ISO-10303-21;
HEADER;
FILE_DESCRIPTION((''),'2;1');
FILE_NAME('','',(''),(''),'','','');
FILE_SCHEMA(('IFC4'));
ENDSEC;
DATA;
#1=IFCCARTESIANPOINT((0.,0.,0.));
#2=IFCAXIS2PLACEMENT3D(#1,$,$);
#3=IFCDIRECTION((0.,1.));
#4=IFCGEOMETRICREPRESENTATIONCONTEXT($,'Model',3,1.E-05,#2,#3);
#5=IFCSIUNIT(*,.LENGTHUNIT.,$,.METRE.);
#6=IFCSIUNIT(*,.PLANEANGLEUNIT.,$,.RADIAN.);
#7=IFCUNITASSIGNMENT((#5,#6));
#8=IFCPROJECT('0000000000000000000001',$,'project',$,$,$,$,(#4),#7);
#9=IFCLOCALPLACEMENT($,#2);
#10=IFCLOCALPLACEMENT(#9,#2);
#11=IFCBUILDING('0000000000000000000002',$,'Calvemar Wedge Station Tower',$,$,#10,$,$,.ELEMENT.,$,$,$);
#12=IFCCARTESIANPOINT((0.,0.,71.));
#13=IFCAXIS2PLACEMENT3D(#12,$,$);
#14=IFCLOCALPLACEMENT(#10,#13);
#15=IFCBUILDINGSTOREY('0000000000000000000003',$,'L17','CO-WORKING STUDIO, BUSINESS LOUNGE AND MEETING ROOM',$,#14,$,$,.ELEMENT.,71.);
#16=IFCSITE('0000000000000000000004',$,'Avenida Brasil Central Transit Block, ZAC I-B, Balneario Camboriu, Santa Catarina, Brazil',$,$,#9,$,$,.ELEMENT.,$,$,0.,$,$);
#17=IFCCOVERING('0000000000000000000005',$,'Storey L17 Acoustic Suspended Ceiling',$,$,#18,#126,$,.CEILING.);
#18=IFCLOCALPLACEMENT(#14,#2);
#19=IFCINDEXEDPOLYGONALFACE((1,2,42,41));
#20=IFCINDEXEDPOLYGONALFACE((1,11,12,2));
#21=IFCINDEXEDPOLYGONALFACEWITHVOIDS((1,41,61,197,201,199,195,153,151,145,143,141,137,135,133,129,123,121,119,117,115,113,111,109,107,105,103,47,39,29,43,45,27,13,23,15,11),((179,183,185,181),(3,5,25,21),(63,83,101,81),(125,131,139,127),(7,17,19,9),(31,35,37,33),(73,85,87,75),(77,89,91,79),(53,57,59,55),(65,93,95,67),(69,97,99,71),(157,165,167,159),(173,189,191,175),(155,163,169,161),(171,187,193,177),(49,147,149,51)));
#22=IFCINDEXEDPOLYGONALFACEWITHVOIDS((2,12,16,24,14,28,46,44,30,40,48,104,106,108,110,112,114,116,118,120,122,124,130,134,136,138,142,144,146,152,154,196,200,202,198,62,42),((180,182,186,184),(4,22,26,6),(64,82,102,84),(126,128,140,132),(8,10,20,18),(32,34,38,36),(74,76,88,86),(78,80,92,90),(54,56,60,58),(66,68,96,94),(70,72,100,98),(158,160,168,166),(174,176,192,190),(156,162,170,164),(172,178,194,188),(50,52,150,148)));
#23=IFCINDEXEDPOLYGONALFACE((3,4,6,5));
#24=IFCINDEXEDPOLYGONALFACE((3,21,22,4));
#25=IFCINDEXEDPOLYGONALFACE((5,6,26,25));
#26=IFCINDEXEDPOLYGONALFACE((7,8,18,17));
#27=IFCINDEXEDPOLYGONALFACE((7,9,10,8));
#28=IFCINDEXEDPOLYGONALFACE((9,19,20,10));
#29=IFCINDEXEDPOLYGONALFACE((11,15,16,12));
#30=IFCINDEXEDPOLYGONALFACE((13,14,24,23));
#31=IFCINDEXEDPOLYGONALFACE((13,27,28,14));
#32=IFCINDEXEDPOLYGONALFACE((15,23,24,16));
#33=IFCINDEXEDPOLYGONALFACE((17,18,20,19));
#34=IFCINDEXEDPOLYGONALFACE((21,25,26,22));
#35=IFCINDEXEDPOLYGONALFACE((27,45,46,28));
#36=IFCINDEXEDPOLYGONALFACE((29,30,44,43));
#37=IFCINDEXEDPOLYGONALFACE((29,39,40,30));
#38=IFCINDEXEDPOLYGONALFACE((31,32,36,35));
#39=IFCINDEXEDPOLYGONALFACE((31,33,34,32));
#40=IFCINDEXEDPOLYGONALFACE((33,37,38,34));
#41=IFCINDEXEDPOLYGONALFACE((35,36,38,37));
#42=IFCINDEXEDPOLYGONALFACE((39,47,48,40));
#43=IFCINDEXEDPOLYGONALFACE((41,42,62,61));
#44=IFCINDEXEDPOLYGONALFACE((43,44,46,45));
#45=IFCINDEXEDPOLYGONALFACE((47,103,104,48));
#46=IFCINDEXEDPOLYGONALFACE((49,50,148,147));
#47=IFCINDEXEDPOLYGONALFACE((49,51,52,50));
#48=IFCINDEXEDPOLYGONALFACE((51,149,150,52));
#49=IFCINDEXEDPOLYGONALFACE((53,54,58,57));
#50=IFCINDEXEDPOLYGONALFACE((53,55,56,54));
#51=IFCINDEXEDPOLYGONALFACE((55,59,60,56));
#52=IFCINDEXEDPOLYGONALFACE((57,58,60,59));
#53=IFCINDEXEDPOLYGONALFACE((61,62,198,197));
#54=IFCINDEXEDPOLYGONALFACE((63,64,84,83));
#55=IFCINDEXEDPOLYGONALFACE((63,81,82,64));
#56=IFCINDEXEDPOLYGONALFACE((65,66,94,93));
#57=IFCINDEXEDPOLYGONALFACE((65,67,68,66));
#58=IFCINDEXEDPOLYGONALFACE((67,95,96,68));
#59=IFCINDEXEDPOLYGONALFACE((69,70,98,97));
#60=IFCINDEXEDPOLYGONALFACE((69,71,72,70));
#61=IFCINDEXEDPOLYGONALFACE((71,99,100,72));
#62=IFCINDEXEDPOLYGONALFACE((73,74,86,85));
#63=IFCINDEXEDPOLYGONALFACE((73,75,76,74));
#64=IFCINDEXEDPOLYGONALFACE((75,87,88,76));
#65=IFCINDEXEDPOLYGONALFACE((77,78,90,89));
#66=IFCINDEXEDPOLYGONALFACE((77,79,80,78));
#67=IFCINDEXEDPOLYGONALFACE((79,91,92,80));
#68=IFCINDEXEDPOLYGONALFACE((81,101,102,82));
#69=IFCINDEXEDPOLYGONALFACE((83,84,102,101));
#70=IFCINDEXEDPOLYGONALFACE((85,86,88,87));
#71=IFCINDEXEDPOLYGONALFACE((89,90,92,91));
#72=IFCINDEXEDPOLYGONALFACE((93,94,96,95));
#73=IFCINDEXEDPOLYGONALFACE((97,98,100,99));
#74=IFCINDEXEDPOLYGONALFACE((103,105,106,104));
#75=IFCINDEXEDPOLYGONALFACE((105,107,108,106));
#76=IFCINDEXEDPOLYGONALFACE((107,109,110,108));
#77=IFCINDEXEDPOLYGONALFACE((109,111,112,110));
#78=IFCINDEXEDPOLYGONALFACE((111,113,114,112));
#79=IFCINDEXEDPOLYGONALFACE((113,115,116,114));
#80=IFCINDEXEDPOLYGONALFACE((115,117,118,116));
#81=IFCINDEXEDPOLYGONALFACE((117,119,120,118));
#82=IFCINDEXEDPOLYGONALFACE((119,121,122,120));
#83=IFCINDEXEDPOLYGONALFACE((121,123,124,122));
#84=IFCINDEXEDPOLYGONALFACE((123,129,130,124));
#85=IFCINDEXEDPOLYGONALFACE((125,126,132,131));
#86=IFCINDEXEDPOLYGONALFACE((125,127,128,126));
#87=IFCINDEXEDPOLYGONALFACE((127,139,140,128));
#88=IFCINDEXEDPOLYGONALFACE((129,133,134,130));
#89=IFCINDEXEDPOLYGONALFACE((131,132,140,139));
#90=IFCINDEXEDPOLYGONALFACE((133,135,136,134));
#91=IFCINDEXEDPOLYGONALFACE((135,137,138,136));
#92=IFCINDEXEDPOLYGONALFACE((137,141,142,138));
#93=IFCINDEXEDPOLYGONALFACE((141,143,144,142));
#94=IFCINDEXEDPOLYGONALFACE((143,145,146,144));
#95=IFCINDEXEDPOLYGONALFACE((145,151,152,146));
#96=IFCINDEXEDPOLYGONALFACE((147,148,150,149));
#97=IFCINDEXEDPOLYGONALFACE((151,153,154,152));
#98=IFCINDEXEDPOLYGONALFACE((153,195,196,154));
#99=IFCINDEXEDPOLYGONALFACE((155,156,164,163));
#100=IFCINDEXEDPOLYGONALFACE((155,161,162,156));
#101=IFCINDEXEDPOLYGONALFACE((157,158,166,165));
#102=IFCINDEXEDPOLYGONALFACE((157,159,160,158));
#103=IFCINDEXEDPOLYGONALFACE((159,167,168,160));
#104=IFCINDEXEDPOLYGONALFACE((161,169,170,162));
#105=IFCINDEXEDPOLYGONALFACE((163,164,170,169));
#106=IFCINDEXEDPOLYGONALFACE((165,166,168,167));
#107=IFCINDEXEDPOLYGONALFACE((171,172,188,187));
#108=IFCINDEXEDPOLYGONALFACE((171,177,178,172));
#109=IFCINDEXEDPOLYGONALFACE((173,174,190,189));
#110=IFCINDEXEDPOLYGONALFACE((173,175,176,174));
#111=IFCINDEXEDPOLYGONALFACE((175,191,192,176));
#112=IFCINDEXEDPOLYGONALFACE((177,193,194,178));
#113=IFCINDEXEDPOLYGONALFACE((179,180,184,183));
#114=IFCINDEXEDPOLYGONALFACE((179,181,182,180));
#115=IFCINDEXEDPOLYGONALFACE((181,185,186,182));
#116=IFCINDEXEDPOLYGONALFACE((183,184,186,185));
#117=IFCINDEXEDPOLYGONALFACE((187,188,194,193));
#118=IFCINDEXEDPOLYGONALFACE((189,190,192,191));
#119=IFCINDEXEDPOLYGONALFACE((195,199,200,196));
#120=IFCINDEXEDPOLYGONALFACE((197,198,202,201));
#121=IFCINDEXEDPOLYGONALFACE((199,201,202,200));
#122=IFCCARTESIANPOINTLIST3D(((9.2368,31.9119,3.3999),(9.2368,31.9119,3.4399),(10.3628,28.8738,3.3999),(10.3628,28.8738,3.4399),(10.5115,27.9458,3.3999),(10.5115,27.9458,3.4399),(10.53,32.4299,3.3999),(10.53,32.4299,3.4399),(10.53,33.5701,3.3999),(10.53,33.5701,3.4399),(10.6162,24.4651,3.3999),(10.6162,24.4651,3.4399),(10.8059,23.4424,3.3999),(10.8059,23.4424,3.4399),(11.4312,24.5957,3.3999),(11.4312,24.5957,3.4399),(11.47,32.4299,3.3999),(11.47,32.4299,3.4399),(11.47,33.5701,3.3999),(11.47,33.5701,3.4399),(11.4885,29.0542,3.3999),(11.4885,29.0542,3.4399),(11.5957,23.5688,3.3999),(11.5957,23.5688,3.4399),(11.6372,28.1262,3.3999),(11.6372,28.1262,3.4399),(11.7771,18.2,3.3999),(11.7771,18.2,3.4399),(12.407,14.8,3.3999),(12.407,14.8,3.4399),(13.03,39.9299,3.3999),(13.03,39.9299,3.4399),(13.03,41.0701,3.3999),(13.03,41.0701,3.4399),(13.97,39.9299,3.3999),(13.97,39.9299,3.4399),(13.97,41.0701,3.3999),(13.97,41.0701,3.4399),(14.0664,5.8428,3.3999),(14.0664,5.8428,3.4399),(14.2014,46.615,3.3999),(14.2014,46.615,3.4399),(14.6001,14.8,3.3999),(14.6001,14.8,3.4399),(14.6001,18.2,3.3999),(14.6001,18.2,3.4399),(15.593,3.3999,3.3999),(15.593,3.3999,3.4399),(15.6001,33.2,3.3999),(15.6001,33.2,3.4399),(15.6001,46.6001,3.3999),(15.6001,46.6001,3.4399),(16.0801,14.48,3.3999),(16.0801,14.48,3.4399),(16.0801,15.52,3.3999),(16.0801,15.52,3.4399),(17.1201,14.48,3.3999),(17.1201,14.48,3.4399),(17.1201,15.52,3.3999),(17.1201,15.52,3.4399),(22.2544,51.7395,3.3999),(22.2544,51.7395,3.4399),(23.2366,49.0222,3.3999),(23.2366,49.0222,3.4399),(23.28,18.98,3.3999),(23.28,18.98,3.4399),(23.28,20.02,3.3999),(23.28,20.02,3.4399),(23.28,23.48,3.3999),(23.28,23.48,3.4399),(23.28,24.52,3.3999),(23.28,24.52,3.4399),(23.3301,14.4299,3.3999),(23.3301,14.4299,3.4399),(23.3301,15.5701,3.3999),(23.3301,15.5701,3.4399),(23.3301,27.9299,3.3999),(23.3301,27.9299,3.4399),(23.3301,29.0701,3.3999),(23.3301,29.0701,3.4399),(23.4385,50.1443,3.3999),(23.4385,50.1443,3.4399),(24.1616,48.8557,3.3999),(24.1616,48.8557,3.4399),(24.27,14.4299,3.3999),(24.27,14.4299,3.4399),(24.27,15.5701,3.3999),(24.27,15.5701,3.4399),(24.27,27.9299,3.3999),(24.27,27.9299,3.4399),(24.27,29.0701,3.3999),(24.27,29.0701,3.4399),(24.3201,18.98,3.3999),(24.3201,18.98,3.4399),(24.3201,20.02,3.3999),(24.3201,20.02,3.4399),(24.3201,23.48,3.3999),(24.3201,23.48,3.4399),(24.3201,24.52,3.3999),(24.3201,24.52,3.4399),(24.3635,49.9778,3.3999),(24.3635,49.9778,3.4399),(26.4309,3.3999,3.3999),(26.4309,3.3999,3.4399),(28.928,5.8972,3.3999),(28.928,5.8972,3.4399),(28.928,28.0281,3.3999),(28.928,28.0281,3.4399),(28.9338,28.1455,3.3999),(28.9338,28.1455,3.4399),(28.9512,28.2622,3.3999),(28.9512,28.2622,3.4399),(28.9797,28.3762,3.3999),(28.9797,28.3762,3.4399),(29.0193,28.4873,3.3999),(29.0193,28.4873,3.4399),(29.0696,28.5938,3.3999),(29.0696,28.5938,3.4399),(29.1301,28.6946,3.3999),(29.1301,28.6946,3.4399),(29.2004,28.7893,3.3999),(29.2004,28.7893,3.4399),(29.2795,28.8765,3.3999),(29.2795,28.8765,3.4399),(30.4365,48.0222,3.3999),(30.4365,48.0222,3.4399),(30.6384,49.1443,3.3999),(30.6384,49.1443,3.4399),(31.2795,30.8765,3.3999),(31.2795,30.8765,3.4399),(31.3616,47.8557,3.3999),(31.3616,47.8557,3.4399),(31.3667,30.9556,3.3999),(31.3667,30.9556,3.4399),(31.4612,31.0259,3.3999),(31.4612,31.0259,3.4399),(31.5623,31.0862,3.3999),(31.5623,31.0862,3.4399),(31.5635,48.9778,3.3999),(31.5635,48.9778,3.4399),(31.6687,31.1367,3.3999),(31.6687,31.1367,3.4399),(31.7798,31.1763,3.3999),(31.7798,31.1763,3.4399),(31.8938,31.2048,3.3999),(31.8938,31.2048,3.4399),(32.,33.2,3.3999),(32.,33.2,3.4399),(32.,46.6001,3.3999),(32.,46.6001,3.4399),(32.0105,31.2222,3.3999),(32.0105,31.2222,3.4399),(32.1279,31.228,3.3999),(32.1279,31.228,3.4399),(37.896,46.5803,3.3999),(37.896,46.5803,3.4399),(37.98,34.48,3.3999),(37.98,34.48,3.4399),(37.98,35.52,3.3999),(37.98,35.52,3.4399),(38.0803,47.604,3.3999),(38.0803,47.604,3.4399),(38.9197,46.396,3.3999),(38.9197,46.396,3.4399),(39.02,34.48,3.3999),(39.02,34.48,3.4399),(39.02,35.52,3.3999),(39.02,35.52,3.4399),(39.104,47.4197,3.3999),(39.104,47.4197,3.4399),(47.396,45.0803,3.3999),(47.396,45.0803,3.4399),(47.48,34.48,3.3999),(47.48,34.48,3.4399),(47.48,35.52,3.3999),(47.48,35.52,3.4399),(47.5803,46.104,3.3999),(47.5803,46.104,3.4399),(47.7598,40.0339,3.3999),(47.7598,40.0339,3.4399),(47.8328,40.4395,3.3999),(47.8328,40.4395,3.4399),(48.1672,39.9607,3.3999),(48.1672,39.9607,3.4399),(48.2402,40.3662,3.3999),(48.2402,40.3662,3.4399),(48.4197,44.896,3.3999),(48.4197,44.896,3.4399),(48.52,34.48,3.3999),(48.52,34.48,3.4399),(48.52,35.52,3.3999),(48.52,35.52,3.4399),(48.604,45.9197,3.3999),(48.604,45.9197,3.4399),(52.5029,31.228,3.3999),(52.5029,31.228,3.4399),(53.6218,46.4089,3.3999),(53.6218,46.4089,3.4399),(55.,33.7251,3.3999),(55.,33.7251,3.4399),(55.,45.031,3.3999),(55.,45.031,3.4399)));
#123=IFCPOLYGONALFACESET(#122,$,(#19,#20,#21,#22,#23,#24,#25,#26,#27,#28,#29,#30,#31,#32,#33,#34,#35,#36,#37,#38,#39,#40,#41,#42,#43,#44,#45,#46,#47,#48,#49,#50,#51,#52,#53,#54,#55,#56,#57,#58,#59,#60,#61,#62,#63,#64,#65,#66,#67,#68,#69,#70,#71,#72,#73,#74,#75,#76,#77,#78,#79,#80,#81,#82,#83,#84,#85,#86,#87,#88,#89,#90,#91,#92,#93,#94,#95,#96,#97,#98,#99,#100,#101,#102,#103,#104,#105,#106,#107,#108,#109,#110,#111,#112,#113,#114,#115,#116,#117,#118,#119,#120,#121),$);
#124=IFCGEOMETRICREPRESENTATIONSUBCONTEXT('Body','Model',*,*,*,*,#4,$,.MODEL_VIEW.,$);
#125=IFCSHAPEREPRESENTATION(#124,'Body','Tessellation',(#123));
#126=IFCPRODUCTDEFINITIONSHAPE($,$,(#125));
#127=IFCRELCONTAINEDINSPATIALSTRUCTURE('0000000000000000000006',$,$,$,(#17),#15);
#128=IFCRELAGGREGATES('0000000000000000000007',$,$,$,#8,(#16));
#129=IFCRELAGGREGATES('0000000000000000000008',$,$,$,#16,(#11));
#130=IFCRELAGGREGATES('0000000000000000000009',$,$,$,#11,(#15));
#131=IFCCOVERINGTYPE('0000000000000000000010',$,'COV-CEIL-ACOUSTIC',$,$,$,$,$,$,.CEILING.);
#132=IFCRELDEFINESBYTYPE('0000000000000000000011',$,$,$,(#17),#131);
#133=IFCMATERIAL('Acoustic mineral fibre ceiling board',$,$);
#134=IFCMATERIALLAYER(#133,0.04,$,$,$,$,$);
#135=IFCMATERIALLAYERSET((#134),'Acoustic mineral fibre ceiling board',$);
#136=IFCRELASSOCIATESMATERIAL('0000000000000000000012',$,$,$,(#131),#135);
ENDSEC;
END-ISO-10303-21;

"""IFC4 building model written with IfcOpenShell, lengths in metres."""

from ifc_helpers import new_model, si_unit, direction, frame, origin, place, context, subcontext, project, spatial, polyline, outline, extrude, material, layer, layer_set, type_object, element, save


model = new_model("IFC4")

# Units and contexts
model_context = context("Model", 3, precision=1e-05, world=origin(), true_north=direction((0.0, 1.0)))
body_context = subcontext(model_context, "Body", "Model", "MODEL_VIEW")
ifc_project = project(units=[si_unit("LENGTHUNIT", "METRE"), si_unit("PLANEANGLEUNIT", "RADIAN")], contexts=[model_context])

# Site, building, storey
site_placement = place(None, origin())
site = spatial("IfcSite", under=ifc_project, at=site_placement, Name="Avenida Brasil Central Transit Block, ZAC I-B, Balneario Camboriu, Santa Catarina, Brazil", CompositionType="ELEMENT", RefElevation=0.0)
building_placement = place(site_placement, origin())
building = spatial("IfcBuilding", under=site, at=building_placement, Name="Calvemar Wedge Station Tower", CompositionType="ELEMENT")
storey_placement = place(building_placement, frame((0.0, 0.0, 71.0)))
storey = spatial("IfcBuildingStorey", under=building, at=storey_placement, Name="L17", Description="CO-WORKING STUDIO, BUSINESS LOUNGE AND MEETING ROOM", CompositionType="ELEMENT", Elevation=71.0)

# Covering
ifc_material_1 = material(Name="Acoustic mineral fibre ceiling board")
ifc_layer_1 = layer(ifc_material_1, 0.04)
ifc_layer_set_1 = layer_set([ifc_layer_1], Name="Acoustic mineral fibre ceiling board")
covering_type_1 = type_object("IfcCoveringType", Name="COV-CEIL-ACOUSTIC", PredefinedType="CEILING", material=ifc_layer_set_1)
covering_1_placement = place(storey_placement, frame((0.0, 0.0, 3.3999)))
element("IfcCovering", 1, at=covering_1_placement, inside=storey, type_object=covering_type_1, Name="Storey L17 Acoustic Suspended Ceiling", PredefinedType="CEILING", context=body_context, shape_type="SweptSolid", body=[
    extrude(outline(polyline([(29.2795, 28.8765), (31.2795, 30.8765), (31.3667, 30.9556), (31.4612, 31.0259), (31.5623, 31.0862), (31.6687, 31.1367), (31.7798, 31.1763), (31.8938, 31.2048), (32.0105, 31.2222), (32.1279, 31.228), (52.5029, 31.228), (55.0, 33.7251), (55.0, 45.031), (53.6218, 46.4089), (22.2544, 51.7395), (14.2014, 46.615), (9.2368, 31.9119), (10.6162, 24.4651), (11.4312, 24.5957), (11.5957, 23.5688), (10.8059, 23.4424), (11.7771, 18.2), (14.6001, 18.2), (14.6001, 14.8), (12.407, 14.8), (14.0664, 5.8428), (15.593, 3.3999), (26.4309, 3.3999), (28.928, 5.8972), (28.928, 28.0281), (28.9338, 28.1455), (28.9512, 28.2622), (28.9797, 28.3762), (29.0193, 28.4873), (29.0696, 28.5938), (29.1301, 28.6946), (29.2004, 28.7893), (29.2795, 28.8765)]), holes=[polyline([(15.6001, 46.6001), (32.0, 46.6001), (32.0, 33.2), (15.6001, 33.2), (15.6001, 46.6001)]), polyline([(10.53, 32.4299), (10.53, 33.5701), (11.47, 33.5701), (11.47, 32.4299), (10.53, 32.4299)]), polyline([(13.03, 41.0701), (13.97, 41.0701), (13.97, 39.9299), (13.03, 39.9299), (13.03, 41.0701)]), polyline([(24.3635, 49.9778), (24.1616, 48.8557), (23.2366, 49.0222), (23.4385, 50.1443), (24.3635, 49.9778)]), polyline([(31.3616, 47.8557), (30.4365, 48.0222), (30.6384, 49.1443), (31.5635, 48.9778), (31.3616, 47.8557)]), polyline([(37.896, 46.5803), (38.0803, 47.604), (39.104, 47.4197), (38.9197, 46.396), (37.896, 46.5803)]), polyline([(47.5803, 46.104), (48.604, 45.9197), (48.4197, 44.896), (47.396, 45.0803), (47.5803, 46.104)]), polyline([(39.02, 35.52), (39.02, 34.48), (37.98, 34.48), (37.98, 35.52), (39.02, 35.52)]), polyline([(48.52, 34.48), (47.48, 34.48), (47.48, 35.52), (48.52, 35.52), (48.52, 34.48)]), polyline([(47.7598, 40.0339), (47.8328, 40.4395), (48.2402, 40.3662), (48.1672, 39.9607), (47.7598, 40.0339)]), polyline([(11.4885, 29.0542), (11.6372, 28.1262), (10.5115, 27.9458), (10.3628, 28.8738), (11.4885, 29.0542)]), polyline([(24.27, 27.9299), (23.3301, 27.9299), (23.3301, 29.0701), (24.27, 29.0701), (24.27, 27.9299)]), polyline([(23.28, 23.48), (23.28, 24.52), (24.3201, 24.52), (24.3201, 23.48), (23.28, 23.48)]), polyline([(23.28, 20.02), (24.3201, 20.02), (24.3201, 18.98), (23.28, 18.98), (23.28, 20.02)]), polyline([(24.27, 15.5701), (24.27, 14.4299), (23.3301, 14.4299), (23.3301, 15.5701), (24.27, 15.5701)]), polyline([(17.1201, 14.48), (16.0801, 14.48), (16.0801, 15.52), (17.1201, 15.52), (17.1201, 14.48)])]), origin(), (0.0, 0.0, 1.0), 0.04),
])

save(model, "model.ifc")
